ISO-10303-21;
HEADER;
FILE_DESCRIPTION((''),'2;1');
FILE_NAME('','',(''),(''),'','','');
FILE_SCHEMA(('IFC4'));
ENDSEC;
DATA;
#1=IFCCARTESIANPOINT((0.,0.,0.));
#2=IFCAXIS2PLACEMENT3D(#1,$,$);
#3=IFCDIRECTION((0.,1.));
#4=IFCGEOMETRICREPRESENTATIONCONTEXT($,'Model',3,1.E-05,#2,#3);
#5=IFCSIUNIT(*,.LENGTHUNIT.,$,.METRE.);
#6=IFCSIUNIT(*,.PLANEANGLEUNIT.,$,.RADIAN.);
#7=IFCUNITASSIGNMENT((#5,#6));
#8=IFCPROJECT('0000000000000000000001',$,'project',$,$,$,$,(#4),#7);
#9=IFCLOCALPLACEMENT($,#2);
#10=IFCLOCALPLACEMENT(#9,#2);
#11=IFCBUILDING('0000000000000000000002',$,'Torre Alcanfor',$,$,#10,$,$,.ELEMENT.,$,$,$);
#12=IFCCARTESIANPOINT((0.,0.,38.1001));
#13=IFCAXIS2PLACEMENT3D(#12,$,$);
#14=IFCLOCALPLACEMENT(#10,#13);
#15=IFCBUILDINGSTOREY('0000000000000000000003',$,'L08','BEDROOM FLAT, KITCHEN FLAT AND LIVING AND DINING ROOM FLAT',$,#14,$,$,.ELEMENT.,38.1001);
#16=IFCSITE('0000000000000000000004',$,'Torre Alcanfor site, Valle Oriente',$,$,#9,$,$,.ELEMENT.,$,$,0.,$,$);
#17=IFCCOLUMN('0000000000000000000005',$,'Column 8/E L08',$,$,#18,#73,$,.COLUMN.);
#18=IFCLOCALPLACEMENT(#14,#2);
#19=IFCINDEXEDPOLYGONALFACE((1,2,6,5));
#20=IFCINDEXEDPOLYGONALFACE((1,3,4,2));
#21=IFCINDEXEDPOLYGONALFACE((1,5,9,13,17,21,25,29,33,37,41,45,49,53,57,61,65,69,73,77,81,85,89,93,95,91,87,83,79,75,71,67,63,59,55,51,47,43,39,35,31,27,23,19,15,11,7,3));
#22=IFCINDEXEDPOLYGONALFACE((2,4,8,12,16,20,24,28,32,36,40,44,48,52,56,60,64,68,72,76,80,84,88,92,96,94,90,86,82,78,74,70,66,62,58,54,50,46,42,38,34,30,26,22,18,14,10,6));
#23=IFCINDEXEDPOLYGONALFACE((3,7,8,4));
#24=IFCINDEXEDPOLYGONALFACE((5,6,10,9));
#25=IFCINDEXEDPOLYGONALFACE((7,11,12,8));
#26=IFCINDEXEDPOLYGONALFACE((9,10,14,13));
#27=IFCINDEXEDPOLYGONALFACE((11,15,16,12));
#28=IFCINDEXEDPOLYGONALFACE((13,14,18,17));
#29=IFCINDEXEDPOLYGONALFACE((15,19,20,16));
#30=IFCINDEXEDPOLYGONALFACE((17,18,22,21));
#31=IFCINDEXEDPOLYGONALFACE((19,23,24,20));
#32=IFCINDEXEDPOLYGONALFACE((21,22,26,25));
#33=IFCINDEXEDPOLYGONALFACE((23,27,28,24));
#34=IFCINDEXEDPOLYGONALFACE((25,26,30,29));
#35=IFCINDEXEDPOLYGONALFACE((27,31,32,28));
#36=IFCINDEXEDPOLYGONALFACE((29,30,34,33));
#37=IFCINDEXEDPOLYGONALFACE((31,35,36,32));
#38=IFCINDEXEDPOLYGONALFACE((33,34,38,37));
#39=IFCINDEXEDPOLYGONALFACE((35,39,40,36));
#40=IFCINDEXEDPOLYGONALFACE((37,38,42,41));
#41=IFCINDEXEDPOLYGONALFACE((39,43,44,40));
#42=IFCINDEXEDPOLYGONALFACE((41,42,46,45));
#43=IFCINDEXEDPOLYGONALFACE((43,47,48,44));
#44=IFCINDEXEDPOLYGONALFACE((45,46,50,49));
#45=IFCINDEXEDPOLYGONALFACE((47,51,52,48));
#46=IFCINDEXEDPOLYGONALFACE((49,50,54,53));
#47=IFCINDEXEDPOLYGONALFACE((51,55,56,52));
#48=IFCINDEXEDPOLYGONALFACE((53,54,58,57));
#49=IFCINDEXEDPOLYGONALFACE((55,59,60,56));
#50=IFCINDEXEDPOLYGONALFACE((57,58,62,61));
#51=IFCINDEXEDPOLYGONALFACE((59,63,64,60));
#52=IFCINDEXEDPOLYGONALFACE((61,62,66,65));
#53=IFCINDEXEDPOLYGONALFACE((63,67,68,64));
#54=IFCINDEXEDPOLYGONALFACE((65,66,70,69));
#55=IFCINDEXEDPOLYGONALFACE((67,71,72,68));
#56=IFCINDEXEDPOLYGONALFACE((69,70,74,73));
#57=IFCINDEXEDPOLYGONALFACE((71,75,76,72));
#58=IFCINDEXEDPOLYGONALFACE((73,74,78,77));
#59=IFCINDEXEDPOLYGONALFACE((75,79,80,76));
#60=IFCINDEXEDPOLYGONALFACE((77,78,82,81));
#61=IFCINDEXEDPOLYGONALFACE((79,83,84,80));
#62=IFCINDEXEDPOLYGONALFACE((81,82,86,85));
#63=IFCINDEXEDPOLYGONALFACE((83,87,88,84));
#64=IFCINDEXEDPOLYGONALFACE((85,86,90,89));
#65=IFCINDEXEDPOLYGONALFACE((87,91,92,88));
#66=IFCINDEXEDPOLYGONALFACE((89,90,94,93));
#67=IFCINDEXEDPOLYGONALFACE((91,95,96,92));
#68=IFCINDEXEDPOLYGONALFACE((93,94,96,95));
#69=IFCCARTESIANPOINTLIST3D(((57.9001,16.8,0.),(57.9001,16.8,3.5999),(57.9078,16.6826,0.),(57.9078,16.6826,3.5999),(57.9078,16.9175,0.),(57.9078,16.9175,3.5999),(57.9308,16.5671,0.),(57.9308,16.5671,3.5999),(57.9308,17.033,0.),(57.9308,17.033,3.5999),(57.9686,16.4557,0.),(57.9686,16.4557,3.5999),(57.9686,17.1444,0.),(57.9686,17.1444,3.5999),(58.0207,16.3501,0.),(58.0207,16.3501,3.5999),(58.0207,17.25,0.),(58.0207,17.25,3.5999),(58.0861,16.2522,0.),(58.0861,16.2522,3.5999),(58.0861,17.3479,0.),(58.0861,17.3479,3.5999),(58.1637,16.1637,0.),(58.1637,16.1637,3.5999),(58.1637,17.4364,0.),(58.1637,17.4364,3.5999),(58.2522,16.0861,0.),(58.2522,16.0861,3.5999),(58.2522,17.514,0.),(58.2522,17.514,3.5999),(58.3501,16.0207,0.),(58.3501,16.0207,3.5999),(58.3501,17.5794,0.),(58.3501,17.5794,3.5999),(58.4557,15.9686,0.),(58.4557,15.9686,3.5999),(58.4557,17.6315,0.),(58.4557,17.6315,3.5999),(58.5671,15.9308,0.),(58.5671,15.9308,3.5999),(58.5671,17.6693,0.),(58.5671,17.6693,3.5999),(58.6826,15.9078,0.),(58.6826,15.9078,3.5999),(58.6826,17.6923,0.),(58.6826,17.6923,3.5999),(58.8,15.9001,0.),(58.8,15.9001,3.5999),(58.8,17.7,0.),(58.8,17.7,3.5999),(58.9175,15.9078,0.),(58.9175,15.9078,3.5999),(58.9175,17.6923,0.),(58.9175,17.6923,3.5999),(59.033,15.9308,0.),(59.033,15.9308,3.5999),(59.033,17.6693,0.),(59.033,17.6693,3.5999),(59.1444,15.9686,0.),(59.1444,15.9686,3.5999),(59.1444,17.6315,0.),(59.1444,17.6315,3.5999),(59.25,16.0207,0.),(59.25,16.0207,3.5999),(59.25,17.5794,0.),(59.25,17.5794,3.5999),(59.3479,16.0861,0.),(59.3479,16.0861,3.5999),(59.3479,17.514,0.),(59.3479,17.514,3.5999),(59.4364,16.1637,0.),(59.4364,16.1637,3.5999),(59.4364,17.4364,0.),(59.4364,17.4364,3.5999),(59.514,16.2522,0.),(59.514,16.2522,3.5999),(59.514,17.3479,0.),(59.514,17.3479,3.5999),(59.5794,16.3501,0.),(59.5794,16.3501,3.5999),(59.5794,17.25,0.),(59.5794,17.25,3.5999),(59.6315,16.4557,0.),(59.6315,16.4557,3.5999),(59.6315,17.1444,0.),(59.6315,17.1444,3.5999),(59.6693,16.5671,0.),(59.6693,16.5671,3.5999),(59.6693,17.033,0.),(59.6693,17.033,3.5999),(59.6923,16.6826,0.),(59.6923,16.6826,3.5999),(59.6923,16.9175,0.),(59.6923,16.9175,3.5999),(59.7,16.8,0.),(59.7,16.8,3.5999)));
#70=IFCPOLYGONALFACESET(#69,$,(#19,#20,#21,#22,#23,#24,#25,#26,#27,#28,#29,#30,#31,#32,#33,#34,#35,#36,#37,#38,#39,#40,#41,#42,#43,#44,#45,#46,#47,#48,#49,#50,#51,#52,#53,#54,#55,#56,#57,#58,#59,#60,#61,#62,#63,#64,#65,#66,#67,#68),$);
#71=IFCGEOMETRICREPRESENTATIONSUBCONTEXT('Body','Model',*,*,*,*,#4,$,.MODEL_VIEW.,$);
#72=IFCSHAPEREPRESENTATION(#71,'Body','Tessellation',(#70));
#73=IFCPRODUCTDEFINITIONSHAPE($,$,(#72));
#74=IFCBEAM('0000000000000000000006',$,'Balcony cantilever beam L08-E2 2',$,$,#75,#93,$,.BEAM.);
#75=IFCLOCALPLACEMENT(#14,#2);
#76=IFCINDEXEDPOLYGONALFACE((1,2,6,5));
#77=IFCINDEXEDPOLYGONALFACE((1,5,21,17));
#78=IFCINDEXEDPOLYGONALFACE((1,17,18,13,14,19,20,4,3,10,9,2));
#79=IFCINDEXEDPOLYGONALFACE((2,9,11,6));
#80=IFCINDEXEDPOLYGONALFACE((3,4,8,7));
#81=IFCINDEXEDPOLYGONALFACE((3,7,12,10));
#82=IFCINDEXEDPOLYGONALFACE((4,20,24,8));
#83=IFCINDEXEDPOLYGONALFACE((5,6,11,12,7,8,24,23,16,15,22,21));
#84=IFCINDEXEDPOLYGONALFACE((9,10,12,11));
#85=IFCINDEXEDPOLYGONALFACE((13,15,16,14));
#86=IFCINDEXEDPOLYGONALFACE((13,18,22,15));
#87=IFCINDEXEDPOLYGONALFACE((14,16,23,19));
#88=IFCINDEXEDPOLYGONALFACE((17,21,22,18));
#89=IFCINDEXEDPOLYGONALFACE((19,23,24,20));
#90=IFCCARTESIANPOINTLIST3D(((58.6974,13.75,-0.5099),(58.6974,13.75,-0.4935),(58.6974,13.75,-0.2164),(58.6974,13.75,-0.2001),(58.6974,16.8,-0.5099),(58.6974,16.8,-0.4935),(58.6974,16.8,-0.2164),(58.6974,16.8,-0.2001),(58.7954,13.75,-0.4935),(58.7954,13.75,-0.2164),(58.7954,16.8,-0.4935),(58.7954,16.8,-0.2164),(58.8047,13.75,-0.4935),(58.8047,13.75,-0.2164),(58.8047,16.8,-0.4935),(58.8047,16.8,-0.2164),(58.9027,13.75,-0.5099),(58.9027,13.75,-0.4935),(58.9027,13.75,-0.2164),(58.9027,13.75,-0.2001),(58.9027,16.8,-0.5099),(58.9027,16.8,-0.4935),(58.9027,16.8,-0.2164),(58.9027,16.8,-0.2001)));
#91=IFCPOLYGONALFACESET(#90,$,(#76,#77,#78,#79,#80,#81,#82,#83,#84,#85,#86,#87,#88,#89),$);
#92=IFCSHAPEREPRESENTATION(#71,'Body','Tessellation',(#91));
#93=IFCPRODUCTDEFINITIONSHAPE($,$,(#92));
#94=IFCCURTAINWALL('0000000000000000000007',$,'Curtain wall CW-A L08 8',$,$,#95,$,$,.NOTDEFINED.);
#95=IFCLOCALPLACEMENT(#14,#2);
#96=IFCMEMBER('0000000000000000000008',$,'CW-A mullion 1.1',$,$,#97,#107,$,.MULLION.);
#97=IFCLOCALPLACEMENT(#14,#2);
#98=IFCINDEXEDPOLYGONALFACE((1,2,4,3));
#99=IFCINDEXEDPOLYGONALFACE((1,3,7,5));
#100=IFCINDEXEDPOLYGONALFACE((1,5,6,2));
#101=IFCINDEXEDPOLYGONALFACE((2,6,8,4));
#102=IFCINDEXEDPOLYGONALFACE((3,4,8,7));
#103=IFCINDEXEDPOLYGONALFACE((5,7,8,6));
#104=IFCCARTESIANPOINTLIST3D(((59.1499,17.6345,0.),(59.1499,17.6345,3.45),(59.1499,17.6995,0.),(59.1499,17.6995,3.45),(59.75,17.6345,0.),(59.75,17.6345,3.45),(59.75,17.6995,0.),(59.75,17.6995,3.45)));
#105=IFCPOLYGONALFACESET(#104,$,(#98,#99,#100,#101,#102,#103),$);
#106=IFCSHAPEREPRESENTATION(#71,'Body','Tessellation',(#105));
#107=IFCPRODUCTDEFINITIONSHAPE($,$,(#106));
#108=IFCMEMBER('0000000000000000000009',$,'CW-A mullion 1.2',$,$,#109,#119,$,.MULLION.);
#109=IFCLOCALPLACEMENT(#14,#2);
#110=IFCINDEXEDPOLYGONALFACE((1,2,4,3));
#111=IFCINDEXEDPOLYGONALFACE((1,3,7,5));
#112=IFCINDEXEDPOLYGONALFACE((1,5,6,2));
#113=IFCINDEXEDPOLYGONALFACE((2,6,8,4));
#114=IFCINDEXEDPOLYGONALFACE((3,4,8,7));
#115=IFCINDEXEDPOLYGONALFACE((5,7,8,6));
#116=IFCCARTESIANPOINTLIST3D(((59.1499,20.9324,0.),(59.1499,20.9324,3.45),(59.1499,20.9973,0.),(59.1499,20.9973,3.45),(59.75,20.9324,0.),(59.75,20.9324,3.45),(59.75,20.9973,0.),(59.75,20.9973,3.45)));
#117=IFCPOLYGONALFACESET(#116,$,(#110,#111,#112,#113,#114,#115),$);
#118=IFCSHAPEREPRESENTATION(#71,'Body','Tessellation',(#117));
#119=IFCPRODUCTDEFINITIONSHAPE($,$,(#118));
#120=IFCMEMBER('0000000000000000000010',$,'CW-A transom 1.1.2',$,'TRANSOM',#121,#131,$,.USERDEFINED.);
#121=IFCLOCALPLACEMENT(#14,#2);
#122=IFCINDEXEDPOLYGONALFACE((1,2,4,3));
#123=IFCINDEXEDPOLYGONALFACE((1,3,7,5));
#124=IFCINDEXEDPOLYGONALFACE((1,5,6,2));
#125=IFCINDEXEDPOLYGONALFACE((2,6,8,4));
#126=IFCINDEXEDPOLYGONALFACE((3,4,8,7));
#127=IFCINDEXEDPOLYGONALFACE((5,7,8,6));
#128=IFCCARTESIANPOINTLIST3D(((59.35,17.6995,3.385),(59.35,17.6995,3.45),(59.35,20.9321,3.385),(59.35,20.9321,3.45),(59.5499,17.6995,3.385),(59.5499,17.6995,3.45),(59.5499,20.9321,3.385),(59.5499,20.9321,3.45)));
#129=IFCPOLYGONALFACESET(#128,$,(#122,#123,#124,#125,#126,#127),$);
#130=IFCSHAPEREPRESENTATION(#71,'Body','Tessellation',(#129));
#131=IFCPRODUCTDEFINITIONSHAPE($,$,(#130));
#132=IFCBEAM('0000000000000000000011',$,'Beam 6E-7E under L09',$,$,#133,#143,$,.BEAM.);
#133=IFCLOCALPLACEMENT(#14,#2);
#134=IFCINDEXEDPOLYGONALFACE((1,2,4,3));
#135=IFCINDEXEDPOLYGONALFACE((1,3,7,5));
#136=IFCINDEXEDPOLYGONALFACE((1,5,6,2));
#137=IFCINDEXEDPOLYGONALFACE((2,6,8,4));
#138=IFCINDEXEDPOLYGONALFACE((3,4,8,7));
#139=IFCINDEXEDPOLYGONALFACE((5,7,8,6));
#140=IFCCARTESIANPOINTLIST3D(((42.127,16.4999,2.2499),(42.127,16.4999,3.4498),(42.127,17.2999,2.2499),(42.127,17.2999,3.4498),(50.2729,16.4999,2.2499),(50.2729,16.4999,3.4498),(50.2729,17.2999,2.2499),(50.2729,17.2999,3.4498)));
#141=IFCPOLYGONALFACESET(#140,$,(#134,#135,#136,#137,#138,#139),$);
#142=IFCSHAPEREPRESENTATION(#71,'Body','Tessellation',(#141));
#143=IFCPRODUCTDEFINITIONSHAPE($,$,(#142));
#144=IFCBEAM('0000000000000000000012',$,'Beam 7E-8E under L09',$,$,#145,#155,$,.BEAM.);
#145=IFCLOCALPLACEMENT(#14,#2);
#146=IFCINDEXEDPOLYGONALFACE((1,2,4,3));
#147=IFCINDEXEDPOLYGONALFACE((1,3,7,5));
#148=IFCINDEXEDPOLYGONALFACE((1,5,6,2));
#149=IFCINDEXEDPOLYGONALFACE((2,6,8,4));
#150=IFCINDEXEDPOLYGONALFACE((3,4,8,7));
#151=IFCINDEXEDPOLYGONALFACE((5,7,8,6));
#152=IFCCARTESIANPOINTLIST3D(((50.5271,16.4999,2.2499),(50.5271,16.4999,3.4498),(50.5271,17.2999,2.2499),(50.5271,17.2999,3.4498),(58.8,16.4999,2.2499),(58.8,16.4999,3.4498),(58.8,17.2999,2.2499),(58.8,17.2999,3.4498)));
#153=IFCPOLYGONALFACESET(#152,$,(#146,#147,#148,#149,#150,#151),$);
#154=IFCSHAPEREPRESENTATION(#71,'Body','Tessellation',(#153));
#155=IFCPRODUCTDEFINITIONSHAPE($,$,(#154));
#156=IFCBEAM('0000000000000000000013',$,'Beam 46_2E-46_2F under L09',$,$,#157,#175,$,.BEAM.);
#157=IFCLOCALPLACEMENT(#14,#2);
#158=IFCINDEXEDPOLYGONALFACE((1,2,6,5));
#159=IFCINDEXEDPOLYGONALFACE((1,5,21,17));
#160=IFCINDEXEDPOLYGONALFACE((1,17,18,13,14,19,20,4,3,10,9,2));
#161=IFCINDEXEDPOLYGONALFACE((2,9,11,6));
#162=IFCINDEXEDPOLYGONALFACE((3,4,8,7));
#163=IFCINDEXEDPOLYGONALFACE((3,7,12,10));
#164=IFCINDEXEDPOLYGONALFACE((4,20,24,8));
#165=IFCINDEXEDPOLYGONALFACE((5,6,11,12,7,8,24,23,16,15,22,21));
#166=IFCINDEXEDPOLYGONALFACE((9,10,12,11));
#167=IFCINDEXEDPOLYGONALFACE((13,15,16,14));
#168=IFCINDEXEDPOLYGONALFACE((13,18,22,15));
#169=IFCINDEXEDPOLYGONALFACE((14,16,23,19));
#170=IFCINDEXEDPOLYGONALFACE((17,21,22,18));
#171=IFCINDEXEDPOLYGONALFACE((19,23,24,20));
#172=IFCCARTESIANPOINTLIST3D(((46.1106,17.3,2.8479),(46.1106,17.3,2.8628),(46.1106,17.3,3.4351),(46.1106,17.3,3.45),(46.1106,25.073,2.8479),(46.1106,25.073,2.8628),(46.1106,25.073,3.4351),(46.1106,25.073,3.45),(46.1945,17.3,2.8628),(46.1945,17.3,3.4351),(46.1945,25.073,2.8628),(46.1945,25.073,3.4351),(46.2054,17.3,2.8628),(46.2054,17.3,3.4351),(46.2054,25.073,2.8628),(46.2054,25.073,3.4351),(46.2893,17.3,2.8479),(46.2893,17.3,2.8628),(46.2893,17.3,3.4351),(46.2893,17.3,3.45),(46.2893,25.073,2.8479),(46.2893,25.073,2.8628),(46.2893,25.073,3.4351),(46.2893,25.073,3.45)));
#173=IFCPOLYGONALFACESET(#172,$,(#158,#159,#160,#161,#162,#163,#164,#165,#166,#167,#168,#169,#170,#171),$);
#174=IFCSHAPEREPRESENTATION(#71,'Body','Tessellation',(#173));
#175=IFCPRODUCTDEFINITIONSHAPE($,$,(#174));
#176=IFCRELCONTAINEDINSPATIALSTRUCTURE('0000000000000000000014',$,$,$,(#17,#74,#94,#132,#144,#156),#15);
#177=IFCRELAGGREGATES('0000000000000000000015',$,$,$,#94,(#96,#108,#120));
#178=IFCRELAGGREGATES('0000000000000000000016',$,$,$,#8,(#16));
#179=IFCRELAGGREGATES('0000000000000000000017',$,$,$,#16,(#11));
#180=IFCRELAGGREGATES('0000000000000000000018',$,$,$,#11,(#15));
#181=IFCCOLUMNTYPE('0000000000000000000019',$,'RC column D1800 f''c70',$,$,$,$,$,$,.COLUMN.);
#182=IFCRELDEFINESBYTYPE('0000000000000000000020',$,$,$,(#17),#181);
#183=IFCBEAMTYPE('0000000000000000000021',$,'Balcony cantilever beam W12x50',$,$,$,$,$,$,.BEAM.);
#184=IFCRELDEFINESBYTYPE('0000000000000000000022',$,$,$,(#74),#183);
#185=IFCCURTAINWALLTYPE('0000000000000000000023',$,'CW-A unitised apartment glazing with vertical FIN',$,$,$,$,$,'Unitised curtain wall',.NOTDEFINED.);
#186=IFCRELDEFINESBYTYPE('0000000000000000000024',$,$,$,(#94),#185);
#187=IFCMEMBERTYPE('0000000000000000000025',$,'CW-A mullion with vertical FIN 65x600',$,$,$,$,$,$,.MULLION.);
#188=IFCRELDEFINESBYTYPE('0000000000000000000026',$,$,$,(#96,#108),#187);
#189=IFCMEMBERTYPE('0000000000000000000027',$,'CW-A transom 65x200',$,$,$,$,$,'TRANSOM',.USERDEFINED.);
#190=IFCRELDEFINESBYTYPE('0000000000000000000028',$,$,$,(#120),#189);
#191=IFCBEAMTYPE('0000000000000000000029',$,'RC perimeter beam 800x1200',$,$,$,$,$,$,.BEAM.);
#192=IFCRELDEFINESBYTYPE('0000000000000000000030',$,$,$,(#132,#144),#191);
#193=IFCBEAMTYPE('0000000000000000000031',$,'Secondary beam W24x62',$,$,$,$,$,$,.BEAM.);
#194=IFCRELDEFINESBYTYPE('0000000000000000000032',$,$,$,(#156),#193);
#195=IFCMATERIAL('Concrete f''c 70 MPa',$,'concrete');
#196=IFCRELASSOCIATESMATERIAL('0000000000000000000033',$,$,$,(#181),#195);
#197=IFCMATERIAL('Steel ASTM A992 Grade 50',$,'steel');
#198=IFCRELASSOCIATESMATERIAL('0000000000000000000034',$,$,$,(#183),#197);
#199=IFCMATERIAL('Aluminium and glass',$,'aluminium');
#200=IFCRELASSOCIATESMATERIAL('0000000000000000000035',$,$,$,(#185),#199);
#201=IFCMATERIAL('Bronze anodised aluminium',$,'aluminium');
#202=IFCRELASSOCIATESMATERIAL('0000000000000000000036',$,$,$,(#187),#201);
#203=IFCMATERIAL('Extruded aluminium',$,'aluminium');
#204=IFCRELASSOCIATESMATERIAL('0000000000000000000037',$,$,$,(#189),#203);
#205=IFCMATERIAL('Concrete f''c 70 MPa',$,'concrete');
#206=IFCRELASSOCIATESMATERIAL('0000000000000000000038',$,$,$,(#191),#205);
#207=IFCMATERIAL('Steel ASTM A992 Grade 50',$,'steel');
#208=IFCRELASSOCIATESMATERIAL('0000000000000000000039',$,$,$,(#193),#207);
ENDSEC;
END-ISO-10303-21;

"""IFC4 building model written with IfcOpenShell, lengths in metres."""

from ifc_helpers import new_model, si_unit, direction, frame, origin, origin_2d, place, context, subcontext, project, spatial, rectangle, circle, i_section, extrude, material, material_profile, profile_set, type_object, element, aggregate, save


model = new_model("IFC4")

# Units and contexts
model_context = context("Model", 3, precision=1e-05, world=origin(), true_north=direction((0.0, 1.0)))
body_context = subcontext(model_context, "Body", "Model", "MODEL_VIEW")
ifc_project = project(units=[si_unit("LENGTHUNIT", "METRE"), si_unit("PLANEANGLEUNIT", "RADIAN")], contexts=[model_context])

# Site, building, storey
site_placement = place(None, origin())
site = spatial("IfcSite", under=ifc_project, at=site_placement, Name="Torre Alcanfor site, Valle Oriente", CompositionType="ELEMENT", RefElevation=0.0)
building_placement = place(site_placement, origin())
building = spatial("IfcBuilding", under=site, at=building_placement, Name="Torre Alcanfor", CompositionType="ELEMENT")
storey_placement = place(building_placement, frame((0.0, 0.0, 38.1001)))
storey = spatial("IfcBuildingStorey", under=building, at=storey_placement, Name="L08", Description="BEDROOM FLAT, KITCHEN FLAT AND LIVING AND DINING ROOM FLAT", CompositionType="ELEMENT", Elevation=38.1001)

# Column
ifc_material_1 = material(Name="Concrete f'c 70 MPa", Category="concrete")
ifc_material_profile_1 = material_profile(ifc_material_1, circle(Radius=0.8999, at=origin_2d()), Name="D1800")
ifc_profile_set_1 = profile_set([ifc_material_profile_1], Name="Concrete f'c 70 MPa")
column_type = type_object("IfcColumnType", Name="RC column D1800 f'c70", PredefinedType="COLUMN", material=ifc_profile_set_1)
column_placement = place(storey_placement, frame((58.8, 16.8, 0.0), z_axis=(0.0, 0.0, 1.0), x_axis=(1.0, 0.0, 0.0)))
element("IfcColumn", 1, at=column_placement, inside=storey, type_object=column_type, Name="Column 8/E L08", PredefinedType="COLUMN", context=body_context, shape_type="SweptSolid", body=[
    extrude(circle(Radius=0.8999, at=origin_2d()), origin(), (0.0, 0.0, 1.0), 3.5999),
])

# Beam
ifc_material_2 = material(Name="Steel ASTM A992 Grade 50", Category="steel")
ifc_material_profile_2 = material_profile(ifc_material_2, i_section(OverallWidth=0.2053, OverallDepth=0.3098, WebThickness=0.0093, FlangeThickness=0.0164, at=origin_2d()), Name="W12x50")
ifc_profile_set_2 = profile_set([ifc_material_profile_2], Name="Steel ASTM A992 Grade 50")
beam_type_1 = type_object("IfcBeamType", Name="Balcony cantilever beam W12x50", PredefinedType="BEAM", material=ifc_profile_set_2)
beam_1_placement = place(storey_placement, frame((58.8, 16.8, -0.355), z_axis=(0.0, -1.0, 0.0), x_axis=(1.0, 0.0, 0.0)))
element("IfcBeam", 2, at=beam_1_placement, inside=storey, type_object=beam_type_1, Name="Balcony cantilever beam L08-E2 2", PredefinedType="BEAM", context=body_context, shape_type="SweptSolid", body=[
    extrude(i_section(OverallWidth=0.2053, OverallDepth=0.3098, WebThickness=0.0093, FlangeThickness=0.0164, at=origin_2d()), origin(), (0.0, 0.0, 1.0), 3.05),
])

# Curtain wall, members
ifc_material_3 = material(Name="Aluminium and glass", Category="aluminium")
curtain_wall_type = type_object("IfcCurtainWallType", Name="CW-A unitised apartment glazing with vertical FIN", ElementType="Unitised curtain wall", PredefinedType="NOTDEFINED", material=ifc_material_3)
curtain_wall_placement = place(storey_placement, origin())
curtain_wall = element("IfcCurtainWall", 3, at=curtain_wall_placement, inside=storey, type_object=curtain_wall_type, Name="Curtain wall CW-A L08 8", PredefinedType="NOTDEFINED")
ifc_material_4 = material(Name="Bronze anodised aluminium", Category="aluminium")
ifc_material_profile_3 = material_profile(ifc_material_4, rectangle(XDim=0.6001, YDim=0.0649, at=origin_2d()), Name="CW-A mullion 65x600")
ifc_profile_set_3 = profile_set([ifc_material_profile_3], Name="Bronze anodised aluminium")
member_type_1 = type_object("IfcMemberType", Name="CW-A mullion with vertical FIN 65x600", PredefinedType="MULLION", material=ifc_profile_set_3)
member_1_placement = place(storey_placement, frame((59.45, 17.667, 0.0), z_axis=(0.0, 0.0, 1.0), x_axis=(-1.0, 0.0, 0.0)))
member_1 = element("IfcMember", 4, at=member_1_placement, type_object=member_type_1, Name="CW-A mullion 1.1", PredefinedType="MULLION", context=body_context, shape_type="SweptSolid", body=[
    extrude(rectangle(XDim=0.6001, YDim=0.0649, at=origin_2d()), origin(), (0.0, 0.0, 1.0), 3.45),
])
member_2_placement = place(storey_placement, frame((59.45, 20.9648, 0.0), z_axis=(0.0, 0.0, 1.0), x_axis=(-1.0, 0.0, 0.0)))
member_2 = element("IfcMember", 5, at=member_2_placement, type_object=member_type_1, Name="CW-A mullion 1.2", PredefinedType="MULLION", context=body_context, shape_type="SweptSolid", body=[
    extrude(rectangle(XDim=0.6001, YDim=0.0649, at=origin_2d()), origin(), (0.0, 0.0, 1.0), 3.45),
])
ifc_material_5 = material(Name="Extruded aluminium", Category="aluminium")
ifc_material_profile_4 = material_profile(ifc_material_5, rectangle(XDim=0.2, YDim=0.0649, at=origin_2d()), Name="CW-A transom 200x65")
ifc_profile_set_4 = profile_set([ifc_material_profile_4], Name="Extruded aluminium")
member_type_2 = type_object("IfcMemberType", Name="CW-A transom 65x200", ElementType="TRANSOM", PredefinedType="USERDEFINED", material=ifc_profile_set_4)
member_3_placement = place(storey_placement, frame((59.45, 17.6995, 3.4175), z_axis=(0.0, 1.0, 0.0), x_axis=(-1.0, 0.0, 0.0)))
member_3 = element("IfcMember", 6, at=member_3_placement, type_object=member_type_2, Name="CW-A transom 1.1.2", ObjectType="TRANSOM", PredefinedType="USERDEFINED", context=body_context, shape_type="SweptSolid", body=[
    extrude(rectangle(XDim=0.2, YDim=0.0649, at=origin_2d()), origin(), (0.0, 0.0, 1.0), 3.2327),
])

# Beams
ifc_material_6 = material(Name="Concrete f'c 70 MPa", Category="concrete")
ifc_material_profile_5 = material_profile(ifc_material_6, rectangle(XDim=0.8, YDim=1.2, at=origin_2d()), Name="800x1200")
ifc_profile_set_5 = profile_set([ifc_material_profile_5], Name="Concrete f'c 70 MPa")
beam_type_2 = type_object("IfcBeamType", Name="RC perimeter beam 800x1200", PredefinedType="BEAM", material=ifc_profile_set_5)
beam_2_placement = place(storey_placement, frame((42.127, 16.8999, 2.8499), z_axis=(1.0, 0.0, 0.0), x_axis=(0.0, 1.0, 0.0)))
element("IfcBeam", 7, at=beam_2_placement, inside=storey, type_object=beam_type_2, Name="Beam 6E-7E under L09", PredefinedType="BEAM", context=body_context, shape_type="SweptSolid", body=[
    extrude(rectangle(XDim=0.8, YDim=1.2, at=origin_2d()), origin(), (0.0, 0.0, 1.0), 8.146),
])
beam_3_placement = place(storey_placement, frame((50.5271, 16.8999, 2.8499), z_axis=(1.0, 0.0, 0.0), x_axis=(0.0, 1.0, 0.0)))
element("IfcBeam", 8, at=beam_3_placement, inside=storey, type_object=beam_type_2, Name="Beam 7E-8E under L09", PredefinedType="BEAM", context=body_context, shape_type="SweptSolid", body=[
    extrude(rectangle(XDim=0.8, YDim=1.2, at=origin_2d()), origin(), (0.0, 0.0, 1.0), 8.2729),
])
ifc_material_7 = material(Name="Steel ASTM A992 Grade 50", Category="steel")
ifc_material_profile_6 = material_profile(ifc_material_7, i_section(OverallWidth=0.1787, OverallDepth=0.6021, WebThickness=0.011, FlangeThickness=0.0149, at=origin_2d()), Name="W24x62")
ifc_profile_set_6 = profile_set([ifc_material_profile_6], Name="Steel ASTM A992 Grade 50")
beam_type_3 = type_object("IfcBeamType", Name="Secondary beam W24x62", PredefinedType="BEAM", material=ifc_profile_set_6)
for number, where, z_axis, x_axis, name in (
    (9, (46.2, 17.3, 3.1489), (0.0, 1.0, 0.0), (-1.0, 0.0, 0.0), "Beam 46_2E-46_2F under L09"),
):
    element("IfcBeam", number, at=place(storey_placement, frame(where, z_axis=z_axis, x_axis=x_axis)), inside=storey, type_object=beam_type_3, Name=name, PredefinedType="BEAM", context=body_context, shape_type="SweptSolid", body=[
        extrude(i_section(OverallWidth=0.1787, OverallDepth=0.6021, WebThickness=0.011, FlangeThickness=0.0149, at=origin_2d()), origin(), (0.0, 0.0, 1.0), 7.7729),
    ])

aggregate(curtain_wall, [member_1, member_2, member_3])

save(model, "model.ifc")
